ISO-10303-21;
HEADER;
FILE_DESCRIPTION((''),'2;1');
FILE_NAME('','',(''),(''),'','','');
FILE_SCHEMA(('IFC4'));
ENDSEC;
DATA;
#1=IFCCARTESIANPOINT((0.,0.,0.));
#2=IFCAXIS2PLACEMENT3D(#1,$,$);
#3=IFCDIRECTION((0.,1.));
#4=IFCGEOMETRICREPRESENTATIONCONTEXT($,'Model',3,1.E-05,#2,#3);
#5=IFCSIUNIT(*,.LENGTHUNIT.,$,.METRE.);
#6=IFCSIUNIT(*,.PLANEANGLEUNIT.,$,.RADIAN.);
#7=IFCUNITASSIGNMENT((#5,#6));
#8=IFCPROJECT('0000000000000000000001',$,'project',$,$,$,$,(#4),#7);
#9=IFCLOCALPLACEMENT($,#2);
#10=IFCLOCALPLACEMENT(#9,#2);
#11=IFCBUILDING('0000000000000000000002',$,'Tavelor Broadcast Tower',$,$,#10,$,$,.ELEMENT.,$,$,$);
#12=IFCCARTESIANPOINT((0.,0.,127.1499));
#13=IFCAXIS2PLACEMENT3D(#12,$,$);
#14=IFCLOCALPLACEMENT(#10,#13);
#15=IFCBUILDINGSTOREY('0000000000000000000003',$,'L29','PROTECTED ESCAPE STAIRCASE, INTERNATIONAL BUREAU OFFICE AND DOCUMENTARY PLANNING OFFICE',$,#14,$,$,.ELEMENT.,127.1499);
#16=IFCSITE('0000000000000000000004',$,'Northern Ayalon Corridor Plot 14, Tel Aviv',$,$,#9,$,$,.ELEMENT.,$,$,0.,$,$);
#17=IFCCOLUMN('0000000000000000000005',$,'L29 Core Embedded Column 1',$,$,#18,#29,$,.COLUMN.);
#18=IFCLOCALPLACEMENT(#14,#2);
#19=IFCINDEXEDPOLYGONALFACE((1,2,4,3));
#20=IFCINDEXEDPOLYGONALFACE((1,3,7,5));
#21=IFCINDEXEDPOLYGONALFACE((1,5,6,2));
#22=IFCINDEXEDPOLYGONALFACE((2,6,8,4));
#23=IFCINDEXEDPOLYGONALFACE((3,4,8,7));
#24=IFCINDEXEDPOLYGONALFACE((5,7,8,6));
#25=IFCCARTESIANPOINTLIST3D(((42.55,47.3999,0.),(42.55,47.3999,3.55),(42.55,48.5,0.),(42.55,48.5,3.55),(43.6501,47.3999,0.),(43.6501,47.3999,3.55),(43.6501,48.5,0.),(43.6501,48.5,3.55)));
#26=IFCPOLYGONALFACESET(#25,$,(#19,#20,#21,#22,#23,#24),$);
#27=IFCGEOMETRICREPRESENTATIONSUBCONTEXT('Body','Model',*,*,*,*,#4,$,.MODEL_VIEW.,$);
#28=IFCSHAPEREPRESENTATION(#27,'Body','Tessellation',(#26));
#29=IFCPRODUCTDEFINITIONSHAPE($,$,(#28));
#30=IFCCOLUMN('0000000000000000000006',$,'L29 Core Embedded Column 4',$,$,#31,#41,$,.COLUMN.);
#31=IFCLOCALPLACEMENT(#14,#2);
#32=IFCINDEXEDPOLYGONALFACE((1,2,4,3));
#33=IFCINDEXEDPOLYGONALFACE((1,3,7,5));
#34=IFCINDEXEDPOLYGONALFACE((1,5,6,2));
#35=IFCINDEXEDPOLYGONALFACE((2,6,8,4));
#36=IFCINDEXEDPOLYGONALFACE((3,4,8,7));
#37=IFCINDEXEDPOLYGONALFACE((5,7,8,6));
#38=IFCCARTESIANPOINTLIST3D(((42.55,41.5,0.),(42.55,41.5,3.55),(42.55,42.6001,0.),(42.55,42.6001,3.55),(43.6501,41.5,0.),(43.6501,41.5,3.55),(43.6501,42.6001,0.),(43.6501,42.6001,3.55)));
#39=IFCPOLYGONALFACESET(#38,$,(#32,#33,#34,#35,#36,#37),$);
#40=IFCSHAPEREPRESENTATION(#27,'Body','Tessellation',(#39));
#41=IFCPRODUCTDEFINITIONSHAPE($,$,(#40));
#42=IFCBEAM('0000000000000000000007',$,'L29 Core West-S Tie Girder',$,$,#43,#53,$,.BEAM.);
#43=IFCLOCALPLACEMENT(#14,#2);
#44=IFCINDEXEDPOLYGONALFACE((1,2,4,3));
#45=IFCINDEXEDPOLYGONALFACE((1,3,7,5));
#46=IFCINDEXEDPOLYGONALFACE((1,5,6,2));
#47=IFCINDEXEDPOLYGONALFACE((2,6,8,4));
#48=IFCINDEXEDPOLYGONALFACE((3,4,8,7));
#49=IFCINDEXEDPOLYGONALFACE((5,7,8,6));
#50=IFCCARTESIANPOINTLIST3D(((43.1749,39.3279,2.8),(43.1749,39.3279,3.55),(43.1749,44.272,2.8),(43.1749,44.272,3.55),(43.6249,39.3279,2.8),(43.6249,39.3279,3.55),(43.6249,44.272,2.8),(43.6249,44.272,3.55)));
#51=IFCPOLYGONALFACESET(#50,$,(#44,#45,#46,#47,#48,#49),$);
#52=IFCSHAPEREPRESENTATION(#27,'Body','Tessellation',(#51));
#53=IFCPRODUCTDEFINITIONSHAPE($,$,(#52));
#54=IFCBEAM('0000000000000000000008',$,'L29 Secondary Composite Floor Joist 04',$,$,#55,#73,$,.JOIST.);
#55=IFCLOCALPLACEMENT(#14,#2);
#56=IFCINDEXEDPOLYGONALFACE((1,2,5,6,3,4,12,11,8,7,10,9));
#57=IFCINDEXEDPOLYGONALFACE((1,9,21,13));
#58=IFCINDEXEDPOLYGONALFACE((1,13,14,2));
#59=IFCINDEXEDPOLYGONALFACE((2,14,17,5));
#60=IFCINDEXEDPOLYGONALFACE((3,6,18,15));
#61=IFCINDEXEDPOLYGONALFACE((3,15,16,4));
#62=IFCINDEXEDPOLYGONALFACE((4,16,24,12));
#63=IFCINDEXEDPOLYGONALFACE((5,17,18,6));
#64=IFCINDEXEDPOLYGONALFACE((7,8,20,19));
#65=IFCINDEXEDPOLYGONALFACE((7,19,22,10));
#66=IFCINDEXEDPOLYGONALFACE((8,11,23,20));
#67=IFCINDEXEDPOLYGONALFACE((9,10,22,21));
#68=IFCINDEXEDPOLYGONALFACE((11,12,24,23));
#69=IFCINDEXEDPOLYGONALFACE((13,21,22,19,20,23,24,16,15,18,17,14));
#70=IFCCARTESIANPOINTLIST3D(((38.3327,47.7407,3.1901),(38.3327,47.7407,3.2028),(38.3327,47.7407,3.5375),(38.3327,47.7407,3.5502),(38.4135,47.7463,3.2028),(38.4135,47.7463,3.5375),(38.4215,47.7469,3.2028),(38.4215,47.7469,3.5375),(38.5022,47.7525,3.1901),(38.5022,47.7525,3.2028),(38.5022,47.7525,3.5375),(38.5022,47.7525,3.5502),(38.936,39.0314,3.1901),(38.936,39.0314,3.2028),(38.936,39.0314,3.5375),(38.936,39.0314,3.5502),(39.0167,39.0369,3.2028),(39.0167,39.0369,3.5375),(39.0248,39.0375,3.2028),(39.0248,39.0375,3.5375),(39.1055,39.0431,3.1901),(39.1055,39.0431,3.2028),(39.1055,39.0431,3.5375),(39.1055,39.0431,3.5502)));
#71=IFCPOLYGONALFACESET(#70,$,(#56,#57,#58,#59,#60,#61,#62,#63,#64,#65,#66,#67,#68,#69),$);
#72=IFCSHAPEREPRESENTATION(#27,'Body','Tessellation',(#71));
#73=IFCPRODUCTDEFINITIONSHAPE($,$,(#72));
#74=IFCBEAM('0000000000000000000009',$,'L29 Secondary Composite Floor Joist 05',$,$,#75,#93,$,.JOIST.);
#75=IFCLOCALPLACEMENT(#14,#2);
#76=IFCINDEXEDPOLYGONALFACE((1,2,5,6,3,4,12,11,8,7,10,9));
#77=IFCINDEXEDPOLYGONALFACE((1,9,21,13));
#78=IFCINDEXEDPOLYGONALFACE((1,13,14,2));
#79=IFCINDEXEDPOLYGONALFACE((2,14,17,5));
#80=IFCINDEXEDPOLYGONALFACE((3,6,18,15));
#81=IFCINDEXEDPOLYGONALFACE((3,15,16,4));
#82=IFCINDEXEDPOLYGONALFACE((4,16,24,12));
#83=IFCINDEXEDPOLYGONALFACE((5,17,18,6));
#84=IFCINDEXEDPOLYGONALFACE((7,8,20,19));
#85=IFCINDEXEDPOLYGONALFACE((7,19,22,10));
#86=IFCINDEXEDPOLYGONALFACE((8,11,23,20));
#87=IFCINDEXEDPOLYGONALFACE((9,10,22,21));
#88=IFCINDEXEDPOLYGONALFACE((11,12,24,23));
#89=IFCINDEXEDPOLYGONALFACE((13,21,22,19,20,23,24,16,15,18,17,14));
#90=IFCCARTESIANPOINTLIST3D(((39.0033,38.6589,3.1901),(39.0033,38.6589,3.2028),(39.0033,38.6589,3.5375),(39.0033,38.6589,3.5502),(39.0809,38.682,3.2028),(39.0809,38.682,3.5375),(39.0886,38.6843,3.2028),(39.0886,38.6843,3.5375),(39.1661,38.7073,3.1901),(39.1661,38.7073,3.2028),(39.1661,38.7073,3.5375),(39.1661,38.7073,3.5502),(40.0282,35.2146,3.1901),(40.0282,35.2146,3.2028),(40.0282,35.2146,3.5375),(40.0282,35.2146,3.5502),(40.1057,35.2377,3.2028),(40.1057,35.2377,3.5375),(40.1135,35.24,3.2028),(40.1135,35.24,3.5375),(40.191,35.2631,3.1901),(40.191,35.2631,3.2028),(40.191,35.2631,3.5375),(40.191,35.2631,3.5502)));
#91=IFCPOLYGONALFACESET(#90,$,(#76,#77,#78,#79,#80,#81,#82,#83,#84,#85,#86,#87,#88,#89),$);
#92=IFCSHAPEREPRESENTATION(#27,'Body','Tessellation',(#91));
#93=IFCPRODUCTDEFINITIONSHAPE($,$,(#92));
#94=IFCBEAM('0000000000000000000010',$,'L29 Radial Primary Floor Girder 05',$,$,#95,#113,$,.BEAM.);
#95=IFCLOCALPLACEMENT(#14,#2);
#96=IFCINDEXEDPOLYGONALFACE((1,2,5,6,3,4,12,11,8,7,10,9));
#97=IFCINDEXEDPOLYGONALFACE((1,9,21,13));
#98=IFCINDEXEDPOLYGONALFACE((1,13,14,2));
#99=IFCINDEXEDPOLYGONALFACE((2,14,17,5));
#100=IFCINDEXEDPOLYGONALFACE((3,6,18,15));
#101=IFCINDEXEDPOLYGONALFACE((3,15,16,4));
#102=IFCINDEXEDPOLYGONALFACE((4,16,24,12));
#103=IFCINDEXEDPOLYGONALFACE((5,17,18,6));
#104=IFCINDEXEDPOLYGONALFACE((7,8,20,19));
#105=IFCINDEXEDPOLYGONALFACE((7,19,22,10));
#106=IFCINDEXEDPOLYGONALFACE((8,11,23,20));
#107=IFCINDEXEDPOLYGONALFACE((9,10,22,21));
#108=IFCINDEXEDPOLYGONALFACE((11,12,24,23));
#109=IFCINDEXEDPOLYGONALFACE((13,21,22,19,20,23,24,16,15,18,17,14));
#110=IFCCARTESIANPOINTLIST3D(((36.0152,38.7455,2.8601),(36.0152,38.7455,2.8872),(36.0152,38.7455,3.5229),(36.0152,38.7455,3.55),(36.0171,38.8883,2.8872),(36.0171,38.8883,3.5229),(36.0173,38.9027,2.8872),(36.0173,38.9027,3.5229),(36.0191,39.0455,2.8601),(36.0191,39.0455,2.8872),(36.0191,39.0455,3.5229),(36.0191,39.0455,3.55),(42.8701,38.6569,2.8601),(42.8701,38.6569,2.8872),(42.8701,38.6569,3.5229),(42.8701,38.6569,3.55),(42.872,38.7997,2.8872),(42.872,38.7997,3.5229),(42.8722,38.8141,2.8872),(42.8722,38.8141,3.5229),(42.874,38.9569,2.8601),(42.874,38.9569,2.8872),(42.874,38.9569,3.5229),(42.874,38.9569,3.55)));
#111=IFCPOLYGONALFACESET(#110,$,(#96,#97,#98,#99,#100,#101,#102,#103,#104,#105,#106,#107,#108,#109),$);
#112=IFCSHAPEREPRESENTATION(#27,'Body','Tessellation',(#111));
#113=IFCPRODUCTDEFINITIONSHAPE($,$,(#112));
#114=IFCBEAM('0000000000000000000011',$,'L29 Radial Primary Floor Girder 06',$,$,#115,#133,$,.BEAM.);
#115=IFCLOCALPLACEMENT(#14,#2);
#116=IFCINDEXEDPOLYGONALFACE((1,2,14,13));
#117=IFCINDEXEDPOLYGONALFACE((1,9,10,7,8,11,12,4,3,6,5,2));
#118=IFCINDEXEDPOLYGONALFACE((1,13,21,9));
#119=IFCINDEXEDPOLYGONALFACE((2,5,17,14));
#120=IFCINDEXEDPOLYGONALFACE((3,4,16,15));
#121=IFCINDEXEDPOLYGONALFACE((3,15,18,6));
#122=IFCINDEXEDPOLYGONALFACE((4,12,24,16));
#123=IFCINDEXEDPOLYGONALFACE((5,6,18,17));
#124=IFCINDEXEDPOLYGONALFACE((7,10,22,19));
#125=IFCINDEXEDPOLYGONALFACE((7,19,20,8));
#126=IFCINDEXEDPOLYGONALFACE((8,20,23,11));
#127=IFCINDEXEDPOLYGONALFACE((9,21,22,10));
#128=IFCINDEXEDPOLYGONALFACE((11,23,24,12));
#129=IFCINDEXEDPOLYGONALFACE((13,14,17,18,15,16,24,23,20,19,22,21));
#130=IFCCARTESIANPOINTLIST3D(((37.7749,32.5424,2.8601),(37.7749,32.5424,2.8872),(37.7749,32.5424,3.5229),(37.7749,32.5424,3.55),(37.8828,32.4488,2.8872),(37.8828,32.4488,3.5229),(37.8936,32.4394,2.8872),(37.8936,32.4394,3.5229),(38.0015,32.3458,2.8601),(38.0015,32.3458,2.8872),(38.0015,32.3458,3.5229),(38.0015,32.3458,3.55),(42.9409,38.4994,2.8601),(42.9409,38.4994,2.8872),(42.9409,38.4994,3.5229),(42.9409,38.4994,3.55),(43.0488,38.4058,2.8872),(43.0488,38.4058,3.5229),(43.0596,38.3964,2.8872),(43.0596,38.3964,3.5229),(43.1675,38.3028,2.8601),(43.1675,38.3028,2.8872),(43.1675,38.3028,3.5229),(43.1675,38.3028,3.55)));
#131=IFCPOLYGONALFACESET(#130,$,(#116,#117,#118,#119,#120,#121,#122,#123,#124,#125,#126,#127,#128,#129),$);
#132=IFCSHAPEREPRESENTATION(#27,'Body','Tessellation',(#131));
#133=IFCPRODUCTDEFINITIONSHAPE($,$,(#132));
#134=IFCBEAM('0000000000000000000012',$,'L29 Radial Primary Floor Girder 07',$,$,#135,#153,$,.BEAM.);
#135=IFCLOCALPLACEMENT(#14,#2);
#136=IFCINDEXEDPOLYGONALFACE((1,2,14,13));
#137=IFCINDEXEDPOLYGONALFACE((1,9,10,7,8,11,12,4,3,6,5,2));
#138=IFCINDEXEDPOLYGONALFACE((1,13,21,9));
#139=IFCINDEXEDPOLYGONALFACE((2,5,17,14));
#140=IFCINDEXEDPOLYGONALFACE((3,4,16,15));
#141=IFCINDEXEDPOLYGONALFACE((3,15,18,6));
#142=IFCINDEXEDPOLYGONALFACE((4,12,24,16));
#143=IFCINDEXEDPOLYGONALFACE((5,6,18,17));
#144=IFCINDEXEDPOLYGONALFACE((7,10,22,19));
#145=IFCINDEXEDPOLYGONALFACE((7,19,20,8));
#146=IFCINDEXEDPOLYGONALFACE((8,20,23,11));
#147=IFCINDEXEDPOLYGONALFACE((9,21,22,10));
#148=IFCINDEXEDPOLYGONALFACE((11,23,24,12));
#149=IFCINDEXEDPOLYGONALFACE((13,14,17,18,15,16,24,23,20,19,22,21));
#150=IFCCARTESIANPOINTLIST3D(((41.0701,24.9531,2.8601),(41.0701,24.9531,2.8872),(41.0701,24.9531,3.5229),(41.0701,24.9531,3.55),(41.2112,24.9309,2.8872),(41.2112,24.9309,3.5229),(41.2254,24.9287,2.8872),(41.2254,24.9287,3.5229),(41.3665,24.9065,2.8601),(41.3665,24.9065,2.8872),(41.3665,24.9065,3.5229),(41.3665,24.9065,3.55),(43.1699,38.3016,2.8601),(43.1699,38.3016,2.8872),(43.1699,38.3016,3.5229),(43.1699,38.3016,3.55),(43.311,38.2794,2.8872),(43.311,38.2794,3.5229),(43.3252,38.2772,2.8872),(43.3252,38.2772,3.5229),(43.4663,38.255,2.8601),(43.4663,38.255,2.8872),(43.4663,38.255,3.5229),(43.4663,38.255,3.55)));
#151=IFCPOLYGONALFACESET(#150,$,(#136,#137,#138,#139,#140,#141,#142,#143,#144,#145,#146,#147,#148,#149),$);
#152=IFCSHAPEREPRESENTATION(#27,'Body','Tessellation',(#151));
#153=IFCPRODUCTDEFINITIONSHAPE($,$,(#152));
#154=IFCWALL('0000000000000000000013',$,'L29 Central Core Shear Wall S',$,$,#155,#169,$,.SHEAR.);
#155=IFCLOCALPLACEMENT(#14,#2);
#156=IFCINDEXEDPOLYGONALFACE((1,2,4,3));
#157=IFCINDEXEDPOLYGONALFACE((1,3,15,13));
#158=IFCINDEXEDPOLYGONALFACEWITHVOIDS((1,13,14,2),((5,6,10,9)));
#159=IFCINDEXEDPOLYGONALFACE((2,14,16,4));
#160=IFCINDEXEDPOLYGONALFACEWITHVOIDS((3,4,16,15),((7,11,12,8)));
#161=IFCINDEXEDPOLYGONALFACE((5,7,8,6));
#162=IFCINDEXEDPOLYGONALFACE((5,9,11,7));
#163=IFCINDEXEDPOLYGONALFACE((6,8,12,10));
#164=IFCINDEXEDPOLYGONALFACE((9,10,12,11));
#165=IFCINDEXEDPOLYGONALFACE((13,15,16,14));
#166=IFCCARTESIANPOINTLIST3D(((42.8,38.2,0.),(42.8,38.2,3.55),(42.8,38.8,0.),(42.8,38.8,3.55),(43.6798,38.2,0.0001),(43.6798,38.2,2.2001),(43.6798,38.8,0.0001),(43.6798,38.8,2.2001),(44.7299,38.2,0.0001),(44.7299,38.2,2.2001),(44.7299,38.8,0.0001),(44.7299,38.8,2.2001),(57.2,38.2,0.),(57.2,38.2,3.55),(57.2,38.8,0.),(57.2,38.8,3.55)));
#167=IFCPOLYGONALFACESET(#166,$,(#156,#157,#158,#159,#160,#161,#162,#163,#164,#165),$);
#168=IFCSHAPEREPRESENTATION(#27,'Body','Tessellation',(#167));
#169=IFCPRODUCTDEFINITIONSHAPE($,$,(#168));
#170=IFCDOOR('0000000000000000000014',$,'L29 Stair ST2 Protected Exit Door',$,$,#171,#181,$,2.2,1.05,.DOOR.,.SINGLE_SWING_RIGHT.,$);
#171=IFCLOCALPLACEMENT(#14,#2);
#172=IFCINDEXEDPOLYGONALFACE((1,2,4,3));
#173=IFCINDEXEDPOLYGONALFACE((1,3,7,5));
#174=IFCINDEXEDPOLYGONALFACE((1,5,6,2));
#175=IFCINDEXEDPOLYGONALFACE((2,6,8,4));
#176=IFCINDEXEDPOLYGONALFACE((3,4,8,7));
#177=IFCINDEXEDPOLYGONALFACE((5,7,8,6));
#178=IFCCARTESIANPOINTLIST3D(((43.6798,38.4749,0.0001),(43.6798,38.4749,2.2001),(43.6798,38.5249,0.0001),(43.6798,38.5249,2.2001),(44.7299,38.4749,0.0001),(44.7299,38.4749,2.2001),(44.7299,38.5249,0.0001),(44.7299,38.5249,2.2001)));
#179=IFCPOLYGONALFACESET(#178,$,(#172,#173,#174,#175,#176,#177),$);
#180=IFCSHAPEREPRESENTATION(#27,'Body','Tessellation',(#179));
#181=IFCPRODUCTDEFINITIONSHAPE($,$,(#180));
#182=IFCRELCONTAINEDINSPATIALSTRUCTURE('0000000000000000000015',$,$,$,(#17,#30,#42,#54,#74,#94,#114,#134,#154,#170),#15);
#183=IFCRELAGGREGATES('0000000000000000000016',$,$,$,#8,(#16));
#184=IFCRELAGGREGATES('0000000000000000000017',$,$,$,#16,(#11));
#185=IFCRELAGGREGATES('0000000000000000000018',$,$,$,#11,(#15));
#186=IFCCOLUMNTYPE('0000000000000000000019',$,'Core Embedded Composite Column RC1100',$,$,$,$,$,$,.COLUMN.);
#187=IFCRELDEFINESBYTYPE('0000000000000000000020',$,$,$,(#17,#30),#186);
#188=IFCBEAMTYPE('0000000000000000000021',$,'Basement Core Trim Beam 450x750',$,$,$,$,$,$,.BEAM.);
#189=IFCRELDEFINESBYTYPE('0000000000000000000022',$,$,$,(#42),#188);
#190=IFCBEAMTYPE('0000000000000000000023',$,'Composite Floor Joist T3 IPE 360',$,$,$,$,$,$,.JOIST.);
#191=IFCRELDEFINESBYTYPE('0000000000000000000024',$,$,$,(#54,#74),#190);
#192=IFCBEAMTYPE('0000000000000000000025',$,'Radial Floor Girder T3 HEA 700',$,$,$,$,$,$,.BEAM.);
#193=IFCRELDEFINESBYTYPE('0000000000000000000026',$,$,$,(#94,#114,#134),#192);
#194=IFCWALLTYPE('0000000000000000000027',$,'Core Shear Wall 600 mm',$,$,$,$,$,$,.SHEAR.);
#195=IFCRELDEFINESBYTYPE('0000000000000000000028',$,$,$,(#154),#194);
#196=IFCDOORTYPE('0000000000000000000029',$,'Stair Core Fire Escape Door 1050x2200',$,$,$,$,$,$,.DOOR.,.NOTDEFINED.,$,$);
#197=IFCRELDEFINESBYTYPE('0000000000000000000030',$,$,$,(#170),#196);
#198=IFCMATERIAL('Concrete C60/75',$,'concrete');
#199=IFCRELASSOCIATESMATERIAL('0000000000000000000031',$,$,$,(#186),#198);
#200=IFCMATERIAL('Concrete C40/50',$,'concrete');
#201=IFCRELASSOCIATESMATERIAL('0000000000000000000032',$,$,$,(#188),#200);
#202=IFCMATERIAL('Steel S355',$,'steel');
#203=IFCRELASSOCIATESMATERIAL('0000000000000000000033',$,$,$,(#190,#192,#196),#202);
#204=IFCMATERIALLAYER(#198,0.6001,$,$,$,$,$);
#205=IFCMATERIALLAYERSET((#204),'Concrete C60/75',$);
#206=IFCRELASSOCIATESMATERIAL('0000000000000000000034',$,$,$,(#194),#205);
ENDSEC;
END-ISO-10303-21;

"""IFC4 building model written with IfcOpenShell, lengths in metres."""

from ifc_helpers import new_model, si_unit, direction, frame, frame_2d, origin, origin_2d, place, context, subcontext, project, spatial, rectangle, i_section, extrude, material, layer, layer_set, material_profile, profile_set, type_object, element, fill, save


model = new_model("IFC4")

# Units and contexts
model_context = context("Model", 3, precision=1e-05, world=origin(), true_north=direction((0.0, 1.0)))
body_context = subcontext(model_context, "Body", "Model", "MODEL_VIEW")
ifc_project = project(units=[si_unit("LENGTHUNIT", "METRE"), si_unit("PLANEANGLEUNIT", "RADIAN")], contexts=[model_context])

# Site, building, storey
site_placement = place(None, origin())
site = spatial("IfcSite", under=ifc_project, at=site_placement, Name="Northern Ayalon Corridor Plot 14, Tel Aviv", CompositionType="ELEMENT", RefElevation=0.0)
building_placement = place(site_placement, origin())
building = spatial("IfcBuilding", under=site, at=building_placement, Name="Tavelor Broadcast Tower", CompositionType="ELEMENT")
storey_placement = place(building_placement, frame((0.0, 0.0, 127.1499)))
storey = spatial("IfcBuildingStorey", under=building, at=storey_placement, Name="L29", Description="PROTECTED ESCAPE STAIRCASE, INTERNATIONAL BUREAU OFFICE AND DOCUMENTARY PLANNING OFFICE", CompositionType="ELEMENT", Elevation=127.1499)

# Columns
ifc_material_1 = material(Name="Concrete C60/75", Category="concrete")
ifc_material_profile_1 = material_profile(ifc_material_1, rectangle(XDim=1.1001, YDim=1.1001, at=origin_2d()), Name="RC 1100x1100")
ifc_profile_set_1 = profile_set([ifc_material_profile_1], Name="Concrete C60/75")
column_type = type_object("IfcColumnType", Name="Core Embedded Composite Column RC1100", PredefinedType="COLUMN", material=ifc_profile_set_1)
for number, where, z_axis, x_axis, name in (
    (1, (43.1001, 47.95, 0.0), (0.0, 0.0, 1.0), (1.0, 0.0, 0.0), "L29 Core Embedded Column 1"),
    (2, (43.1001, 42.05, 0.0), (0.0, 0.0, 1.0), (1.0, 0.0, 0.0), "L29 Core Embedded Column 4"),
):
    element("IfcColumn", number, at=place(storey_placement, frame(where, z_axis=z_axis, x_axis=x_axis)), inside=storey, type_object=column_type, Name=name, PredefinedType="COLUMN", context=body_context, shape_type="SweptSolid", body=[
        extrude(rectangle(XDim=1.1001, YDim=1.1001, at=origin_2d()), origin(), (0.0, 0.0, 1.0), 3.55),
    ])

# Beams
ifc_material_2 = material(Name="Concrete C40/50", Category="concrete")
ifc_material_profile_2 = material_profile(ifc_material_2, rectangle(XDim=0.45, YDim=0.75, at=origin_2d()), Name="RC 450x750")
ifc_profile_set_2 = profile_set([ifc_material_profile_2], Name="Concrete C40/50")
beam_type_1 = type_object("IfcBeamType", Name="Basement Core Trim Beam 450x750", PredefinedType="BEAM", material=ifc_profile_set_2)
beam_1_placement = place(storey_placement, frame((43.3999, 39.3279, 3.175), z_axis=(0.0, 1.0, 0.0), x_axis=(-1.0, 0.0, 0.0)))
element("IfcBeam", 3, at=beam_1_placement, inside=storey, type_object=beam_type_1, Name="L29 Core West-S Tie Girder", PredefinedType="BEAM", context=body_context, shape_type="SweptSolid", body=[
    extrude(rectangle(XDim=0.45, YDim=0.75, at=origin_2d()), origin(), (0.0, 0.0, 1.0), 4.9441),
])
ifc_material_3 = material(Name="Steel S355", Category="steel")
ifc_material_profile_3 = material_profile(ifc_material_3, i_section(OverallWidth=0.1699, OverallDepth=0.3601, WebThickness=0.0081, FlangeThickness=0.0127, at=origin_2d()), Name="IPE 360")
ifc_profile_set_3 = profile_set([ifc_material_profile_3], Name="Steel S355")
beam_type_2 = type_object("IfcBeamType", Name="Composite Floor Joist T3 IPE 360", PredefinedType="JOIST", material=ifc_profile_set_3)
beam_2_placement = place(storey_placement, frame((38.4175, 47.7466, 3.3701), z_axis=(0.069101, -0.99761, 0.0), x_axis=(0.99761, 0.069101, 0.0)))
element("IfcBeam", 4, at=beam_2_placement, inside=storey, type_object=beam_type_2, Name="L29 Secondary Composite Floor Joist 04", PredefinedType="JOIST", context=body_context, shape_type="SweptSolid", body=[
    extrude(i_section(OverallWidth=0.1699, OverallDepth=0.3601, WebThickness=0.0081, FlangeThickness=0.0127, at=origin_2d()), origin(), (0.0, 0.0, 1.0), 8.7302),
])
beam_3_placement = place(storey_placement, frame((39.0847, 38.6831, 3.3701), z_axis=(0.285203, -0.958467, 0.0), x_axis=(0.958467, 0.285203, 0.0)))
element("IfcBeam", 5, at=beam_3_placement, inside=storey, type_object=beam_type_2, Name="L29 Secondary Composite Floor Joist 05", PredefinedType="JOIST", context=body_context, shape_type="SweptSolid", body=[
    extrude(i_section(OverallWidth=0.1699, OverallDepth=0.3601, WebThickness=0.0081, FlangeThickness=0.0127, at=origin_2d()), origin(), (0.0, 0.0, 1.0), 3.5935),
])
ifc_material_profile_4 = material_profile(ifc_material_3, i_section(OverallWidth=0.3, OverallDepth=0.6899, WebThickness=0.0144, FlangeThickness=0.0271, at=origin_2d()), Name="HEA 700")
ifc_profile_set_4 = profile_set([ifc_material_profile_4], Name="Steel S355")
beam_type_3 = type_object("IfcBeamType", Name="Radial Floor Girder T3 HEA 700", PredefinedType="BEAM", material=ifc_profile_set_4)
beam_4_placement = place(storey_placement, frame((42.8721, 38.8069, 3.2051), z_axis=(-0.999916, 0.012927, 0.0), x_axis=(-0.012927, -0.999916, 0.0)))
element("IfcBeam", 6, at=beam_4_placement, inside=storey, type_object=beam_type_3, Name="L29 Radial Primary Floor Girder 05", PredefinedType="BEAM", context=body_context, shape_type="SweptSolid", body=[
    extrude(i_section(OverallWidth=0.3, OverallDepth=0.6899, WebThickness=0.0144, FlangeThickness=0.0271, at=origin_2d()), origin(), (0.0, 0.0, 1.0), 6.8555),
])
beam_5_placement = place(storey_placement, frame((43.0542, 38.4011, 3.2051), z_axis=(-0.655166, -0.755485, 0.0), x_axis=(0.755485, -0.655166, 0.0)))
element("IfcBeam", 7, at=beam_5_placement, inside=storey, type_object=beam_type_3, Name="L29 Radial Primary Floor Girder 06", PredefinedType="BEAM", context=body_context, shape_type="SweptSolid", body=[
    extrude(i_section(OverallWidth=0.3, OverallDepth=0.6899, WebThickness=0.0144, FlangeThickness=0.0271, at=origin_2d()), origin(), (0.0, 0.0, 1.0), 7.885),
])
beam_6_placement = place(storey_placement, frame((43.3181, 38.2783, 3.2051), z_axis=(-0.155398, -0.987852, 0.0), x_axis=(0.987852, -0.155398, 0.0)))
element("IfcBeam", 8, at=beam_6_placement, inside=storey, type_object=beam_type_3, Name="L29 Radial Primary Floor Girder 07", PredefinedType="BEAM", context=body_context, shape_type="SweptSolid", body=[
    extrude(i_section(OverallWidth=0.3, OverallDepth=0.6899, WebThickness=0.0144, FlangeThickness=0.0271, at=origin_2d()), origin(), (0.0, 0.0, 1.0), 13.5127),
])

# Wall, opening, door
ifc_layer_1 = layer(ifc_material_1, 0.6001)
ifc_layer_set_1 = layer_set([ifc_layer_1], Name="Concrete C60/75")
wall_type_1 = type_object("IfcWallType", Name="Core Shear Wall 600 mm", PredefinedType="SHEAR", material=ifc_layer_set_1)
wall_1_placement = place(storey_placement, frame((42.8, 38.5, 0.0), z_axis=(0.0, 0.0, 1.0), x_axis=(1.0, 0.0, 0.0)))
wall_1 = element("IfcWall", 9, at=wall_1_placement, inside=storey, type_object=wall_type_1, Name="L29 Central Core Shear Wall S", PredefinedType="SHEAR", context=body_context, shape_type="SweptSolid", body=[
    extrude(rectangle(XDim=14.3999, YDim=0.6001, at=frame_2d((7.2, 0.0))), origin(), (0.0, 0.0, 1.0), 3.55),
])
opening_placement = place(wall_1_placement, frame((0.8799, 0.0, 0.0)))
opening = element("IfcOpeningElement", 10, at=opening_placement, cuts=wall_1, PredefinedType="OPENING", context=body_context, shape_type="SweptSolid", body=[
    extrude(rectangle(XDim=1.05, YDim=2.2, at=frame_2d((0.5249, 1.1001))), frame((0.0, 0.3101, 0.0), z_axis=(0.0, -1.0, 0.0), x_axis=(1.0, 0.0, 0.0)), (0.0, 0.0, 1.0), 0.6201),
])
door_type = type_object("IfcDoorType", Name="Stair Core Fire Escape Door 1050x2200", OperationType="NOTDEFINED", PredefinedType="DOOR", material=ifc_material_3)
door_placement = place(opening_placement, origin())
door = element("IfcDoor", 11, at=door_placement, inside=storey, type_object=door_type, Name="L29 Stair ST2 Protected Exit Door", OperationType="SINGLE_SWING_RIGHT", OverallHeight=2.2, OverallWidth=1.05, PredefinedType="DOOR", context=body_context, shape_type="SweptSolid", body=[
    extrude(rectangle(XDim=1.05, YDim=2.2, at=frame_2d((0.5249, 1.1001))), frame((0.0, 0.0249, 0.0), z_axis=(0.0, -1.0, 0.0), x_axis=(1.0, 0.0, 0.0)), (0.0, 0.0, 1.0), 0.05),
])
fill(opening, door)

save(model, "model.ifc")
